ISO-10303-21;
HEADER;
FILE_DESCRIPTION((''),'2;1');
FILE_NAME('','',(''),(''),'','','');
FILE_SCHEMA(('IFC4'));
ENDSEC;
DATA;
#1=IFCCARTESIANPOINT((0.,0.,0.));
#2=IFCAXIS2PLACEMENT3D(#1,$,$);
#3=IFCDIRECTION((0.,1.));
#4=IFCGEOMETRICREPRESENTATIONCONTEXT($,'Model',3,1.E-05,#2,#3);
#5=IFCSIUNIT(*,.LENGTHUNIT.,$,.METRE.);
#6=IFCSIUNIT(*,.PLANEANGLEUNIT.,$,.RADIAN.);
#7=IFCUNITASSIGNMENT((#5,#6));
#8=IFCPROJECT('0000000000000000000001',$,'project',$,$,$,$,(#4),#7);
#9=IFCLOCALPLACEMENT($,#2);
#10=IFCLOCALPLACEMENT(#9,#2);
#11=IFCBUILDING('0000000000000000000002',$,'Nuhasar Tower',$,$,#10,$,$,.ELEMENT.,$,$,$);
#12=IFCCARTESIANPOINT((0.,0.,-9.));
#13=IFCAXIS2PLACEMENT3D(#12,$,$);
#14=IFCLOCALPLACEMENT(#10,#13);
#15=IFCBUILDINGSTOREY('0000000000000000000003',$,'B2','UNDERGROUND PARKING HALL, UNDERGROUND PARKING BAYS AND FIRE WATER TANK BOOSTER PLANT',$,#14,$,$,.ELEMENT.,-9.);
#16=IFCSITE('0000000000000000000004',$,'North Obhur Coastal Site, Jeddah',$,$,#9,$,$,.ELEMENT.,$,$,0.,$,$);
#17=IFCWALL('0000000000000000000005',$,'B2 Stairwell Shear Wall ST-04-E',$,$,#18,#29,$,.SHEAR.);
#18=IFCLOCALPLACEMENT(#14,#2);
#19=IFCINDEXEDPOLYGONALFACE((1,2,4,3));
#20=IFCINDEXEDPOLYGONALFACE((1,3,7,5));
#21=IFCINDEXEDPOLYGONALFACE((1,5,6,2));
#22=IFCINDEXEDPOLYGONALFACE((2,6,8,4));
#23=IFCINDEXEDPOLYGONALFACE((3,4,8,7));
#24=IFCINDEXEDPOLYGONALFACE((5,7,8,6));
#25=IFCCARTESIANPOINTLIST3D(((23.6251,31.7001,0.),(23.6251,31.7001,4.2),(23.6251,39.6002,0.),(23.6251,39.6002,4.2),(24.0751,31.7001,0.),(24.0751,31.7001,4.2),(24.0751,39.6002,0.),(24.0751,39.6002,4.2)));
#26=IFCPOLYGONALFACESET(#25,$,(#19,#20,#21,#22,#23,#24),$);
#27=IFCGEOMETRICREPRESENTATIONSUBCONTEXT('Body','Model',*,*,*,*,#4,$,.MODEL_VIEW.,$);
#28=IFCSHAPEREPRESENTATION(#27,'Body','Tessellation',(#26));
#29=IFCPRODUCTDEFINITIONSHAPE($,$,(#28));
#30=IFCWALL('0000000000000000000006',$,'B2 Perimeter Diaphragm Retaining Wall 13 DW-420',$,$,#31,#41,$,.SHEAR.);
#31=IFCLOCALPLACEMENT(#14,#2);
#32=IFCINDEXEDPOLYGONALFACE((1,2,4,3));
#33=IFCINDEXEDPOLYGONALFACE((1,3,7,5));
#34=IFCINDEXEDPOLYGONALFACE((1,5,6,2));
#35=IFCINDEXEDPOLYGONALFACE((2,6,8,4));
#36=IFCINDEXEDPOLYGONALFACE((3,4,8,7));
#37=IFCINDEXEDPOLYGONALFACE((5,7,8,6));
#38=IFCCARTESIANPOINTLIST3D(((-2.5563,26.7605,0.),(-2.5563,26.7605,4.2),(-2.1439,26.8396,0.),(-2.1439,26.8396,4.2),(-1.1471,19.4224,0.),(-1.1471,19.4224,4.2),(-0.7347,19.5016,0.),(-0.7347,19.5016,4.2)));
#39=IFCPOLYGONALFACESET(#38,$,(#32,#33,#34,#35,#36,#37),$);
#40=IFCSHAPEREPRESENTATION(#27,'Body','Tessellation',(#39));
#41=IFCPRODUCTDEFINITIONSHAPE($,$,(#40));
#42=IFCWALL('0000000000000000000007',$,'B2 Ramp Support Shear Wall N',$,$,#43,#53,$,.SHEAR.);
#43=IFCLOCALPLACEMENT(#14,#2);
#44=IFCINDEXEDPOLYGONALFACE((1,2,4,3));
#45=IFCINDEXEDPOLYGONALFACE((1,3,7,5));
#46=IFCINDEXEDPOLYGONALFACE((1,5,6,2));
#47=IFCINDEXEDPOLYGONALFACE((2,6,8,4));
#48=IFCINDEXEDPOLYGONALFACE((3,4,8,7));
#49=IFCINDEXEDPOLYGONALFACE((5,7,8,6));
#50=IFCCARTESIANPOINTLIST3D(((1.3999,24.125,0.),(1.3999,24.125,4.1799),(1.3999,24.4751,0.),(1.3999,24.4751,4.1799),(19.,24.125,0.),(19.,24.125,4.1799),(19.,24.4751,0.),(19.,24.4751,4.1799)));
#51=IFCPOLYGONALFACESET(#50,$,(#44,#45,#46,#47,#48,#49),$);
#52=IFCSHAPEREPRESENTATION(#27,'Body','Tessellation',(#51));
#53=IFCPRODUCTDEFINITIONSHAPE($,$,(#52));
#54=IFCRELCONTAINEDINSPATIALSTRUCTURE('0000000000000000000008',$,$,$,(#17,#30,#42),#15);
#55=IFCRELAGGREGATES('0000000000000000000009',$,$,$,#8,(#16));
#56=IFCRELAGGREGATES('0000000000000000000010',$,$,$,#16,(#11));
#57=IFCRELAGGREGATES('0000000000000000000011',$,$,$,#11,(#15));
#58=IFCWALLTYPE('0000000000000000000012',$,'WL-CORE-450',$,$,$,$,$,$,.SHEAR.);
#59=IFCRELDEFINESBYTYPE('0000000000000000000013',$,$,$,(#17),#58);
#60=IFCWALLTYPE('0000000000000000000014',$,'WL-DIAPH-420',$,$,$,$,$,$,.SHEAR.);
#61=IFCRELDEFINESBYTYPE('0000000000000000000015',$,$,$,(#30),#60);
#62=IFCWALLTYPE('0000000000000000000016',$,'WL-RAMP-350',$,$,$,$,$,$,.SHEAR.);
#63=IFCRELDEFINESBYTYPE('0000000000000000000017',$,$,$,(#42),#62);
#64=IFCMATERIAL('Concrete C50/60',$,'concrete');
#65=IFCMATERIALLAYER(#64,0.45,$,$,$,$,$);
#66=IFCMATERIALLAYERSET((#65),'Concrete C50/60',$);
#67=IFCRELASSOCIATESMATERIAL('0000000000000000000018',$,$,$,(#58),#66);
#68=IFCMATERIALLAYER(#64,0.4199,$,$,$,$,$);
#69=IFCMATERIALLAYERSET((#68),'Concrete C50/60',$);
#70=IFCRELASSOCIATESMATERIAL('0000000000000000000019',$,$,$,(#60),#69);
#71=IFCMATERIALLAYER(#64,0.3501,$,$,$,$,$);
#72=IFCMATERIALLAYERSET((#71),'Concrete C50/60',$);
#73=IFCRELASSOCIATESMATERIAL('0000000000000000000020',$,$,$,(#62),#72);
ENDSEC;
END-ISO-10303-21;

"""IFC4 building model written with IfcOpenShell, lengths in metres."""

from ifc_helpers import new_model, si_unit, direction, frame, frame_2d, origin, place, context, subcontext, project, spatial, rectangle, extrude, material, layer, layer_set, type_object, element, save


model = new_model("IFC4")

# Units and contexts
model_context = context("Model", 3, precision=1e-05, world=origin(), true_north=direction((0.0, 1.0)))
body_context = subcontext(model_context, "Body", "Model", "MODEL_VIEW")
ifc_project = project(units=[si_unit("LENGTHUNIT", "METRE"), si_unit("PLANEANGLEUNIT", "RADIAN")], contexts=[model_context])

# Site, building, storey
site_placement = place(None, origin())
site = spatial("IfcSite", under=ifc_project, at=site_placement, Name="North Obhur Coastal Site, Jeddah", CompositionType="ELEMENT", RefElevation=0.0)
building_placement = place(site_placement, origin())
building = spatial("IfcBuilding", under=site, at=building_placement, Name="Nuhasar Tower", CompositionType="ELEMENT")
storey_placement = place(building_placement, frame((0.0, 0.0, -9.0)))
storey = spatial("IfcBuildingStorey", under=building, at=storey_placement, Name="B2", Description="UNDERGROUND PARKING HALL, UNDERGROUND PARKING BAYS AND FIRE WATER TANK BOOSTER PLANT", CompositionType="ELEMENT", Elevation=-9.0)

# Shared definitions
ifc_material_1 = material(Name="Concrete C50/60", Category="concrete")

# Walls
ifc_layer_1 = layer(ifc_material_1, 0.45)
ifc_layer_set_1 = layer_set([ifc_layer_1], Name="Concrete C50/60")
wall_type_1 = type_object("IfcWallType", Name="WL-CORE-450", PredefinedType="SHEAR", material=ifc_layer_set_1)
for number, where, z_axis, x_axis, name in (
    (1, (23.8501, 31.7, 0.0), (0.0, 0.0, 1.0), (0.0, 1.0, 0.0), "B2 Stairwell Shear Wall ST-04-E"),
):
    element("IfcWall", number, at=place(storey_placement, frame(where, z_axis=z_axis, x_axis=x_axis)), inside=storey, type_object=wall_type_1, Name=name, PredefinedType="SHEAR", context=body_context, shape_type="SweptSolid", body=[
        extrude(rectangle(XDim=7.9001, YDim=0.45, at=frame_2d((3.9502, 0.0))), origin(), (0.0, 0.0, 1.0), 4.2),
    ])
ifc_layer_2 = layer(ifc_material_1, 0.4199)
ifc_layer_set_2 = layer_set([ifc_layer_2], Name="Concrete C50/60")
wall_type_2 = type_object("IfcWallType", Name="WL-DIAPH-420", PredefinedType="SHEAR", material=ifc_layer_set_2)
wall_1_placement = place(storey_placement, frame((-2.3501, 26.8, 0.0), z_axis=(0.0, 0.0, 1.0), x_axis=(0.188589, -0.982056, 0.0)))
element("IfcWall", 2, at=wall_1_placement, inside=storey, type_object=wall_type_2, Name="B2 Perimeter Diaphragm Retaining Wall 13 DW-420", PredefinedType="SHEAR", context=body_context, shape_type="SweptSolid", body=[
    extrude(rectangle(XDim=7.4722, YDim=0.4199, at=frame_2d((3.7361, 0.0))), origin(), (0.0, 0.0, 1.0), 4.2),
])
ifc_layer_3 = layer(ifc_material_1, 0.3501)
ifc_layer_set_3 = layer_set([ifc_layer_3], Name="Concrete C50/60")
wall_type_3 = type_object("IfcWallType", Name="WL-RAMP-350", PredefinedType="SHEAR", material=ifc_layer_set_3)
wall_2_placement = place(storey_placement, frame((1.3999, 24.3, 0.0), z_axis=(0.0, 0.0, 1.0), x_axis=(1.0, 0.0, 0.0)))
element("IfcWall", 3, at=wall_2_placement, inside=storey, type_object=wall_type_3, Name="B2 Ramp Support Shear Wall N", PredefinedType="SHEAR", context=body_context, shape_type="SweptSolid", body=[
    extrude(rectangle(XDim=17.6001, YDim=0.3501, at=frame_2d((8.8, 0.0))), origin(), (0.0, 0.0, 1.0), 4.1799),
])

save(model, "model.ifc")
